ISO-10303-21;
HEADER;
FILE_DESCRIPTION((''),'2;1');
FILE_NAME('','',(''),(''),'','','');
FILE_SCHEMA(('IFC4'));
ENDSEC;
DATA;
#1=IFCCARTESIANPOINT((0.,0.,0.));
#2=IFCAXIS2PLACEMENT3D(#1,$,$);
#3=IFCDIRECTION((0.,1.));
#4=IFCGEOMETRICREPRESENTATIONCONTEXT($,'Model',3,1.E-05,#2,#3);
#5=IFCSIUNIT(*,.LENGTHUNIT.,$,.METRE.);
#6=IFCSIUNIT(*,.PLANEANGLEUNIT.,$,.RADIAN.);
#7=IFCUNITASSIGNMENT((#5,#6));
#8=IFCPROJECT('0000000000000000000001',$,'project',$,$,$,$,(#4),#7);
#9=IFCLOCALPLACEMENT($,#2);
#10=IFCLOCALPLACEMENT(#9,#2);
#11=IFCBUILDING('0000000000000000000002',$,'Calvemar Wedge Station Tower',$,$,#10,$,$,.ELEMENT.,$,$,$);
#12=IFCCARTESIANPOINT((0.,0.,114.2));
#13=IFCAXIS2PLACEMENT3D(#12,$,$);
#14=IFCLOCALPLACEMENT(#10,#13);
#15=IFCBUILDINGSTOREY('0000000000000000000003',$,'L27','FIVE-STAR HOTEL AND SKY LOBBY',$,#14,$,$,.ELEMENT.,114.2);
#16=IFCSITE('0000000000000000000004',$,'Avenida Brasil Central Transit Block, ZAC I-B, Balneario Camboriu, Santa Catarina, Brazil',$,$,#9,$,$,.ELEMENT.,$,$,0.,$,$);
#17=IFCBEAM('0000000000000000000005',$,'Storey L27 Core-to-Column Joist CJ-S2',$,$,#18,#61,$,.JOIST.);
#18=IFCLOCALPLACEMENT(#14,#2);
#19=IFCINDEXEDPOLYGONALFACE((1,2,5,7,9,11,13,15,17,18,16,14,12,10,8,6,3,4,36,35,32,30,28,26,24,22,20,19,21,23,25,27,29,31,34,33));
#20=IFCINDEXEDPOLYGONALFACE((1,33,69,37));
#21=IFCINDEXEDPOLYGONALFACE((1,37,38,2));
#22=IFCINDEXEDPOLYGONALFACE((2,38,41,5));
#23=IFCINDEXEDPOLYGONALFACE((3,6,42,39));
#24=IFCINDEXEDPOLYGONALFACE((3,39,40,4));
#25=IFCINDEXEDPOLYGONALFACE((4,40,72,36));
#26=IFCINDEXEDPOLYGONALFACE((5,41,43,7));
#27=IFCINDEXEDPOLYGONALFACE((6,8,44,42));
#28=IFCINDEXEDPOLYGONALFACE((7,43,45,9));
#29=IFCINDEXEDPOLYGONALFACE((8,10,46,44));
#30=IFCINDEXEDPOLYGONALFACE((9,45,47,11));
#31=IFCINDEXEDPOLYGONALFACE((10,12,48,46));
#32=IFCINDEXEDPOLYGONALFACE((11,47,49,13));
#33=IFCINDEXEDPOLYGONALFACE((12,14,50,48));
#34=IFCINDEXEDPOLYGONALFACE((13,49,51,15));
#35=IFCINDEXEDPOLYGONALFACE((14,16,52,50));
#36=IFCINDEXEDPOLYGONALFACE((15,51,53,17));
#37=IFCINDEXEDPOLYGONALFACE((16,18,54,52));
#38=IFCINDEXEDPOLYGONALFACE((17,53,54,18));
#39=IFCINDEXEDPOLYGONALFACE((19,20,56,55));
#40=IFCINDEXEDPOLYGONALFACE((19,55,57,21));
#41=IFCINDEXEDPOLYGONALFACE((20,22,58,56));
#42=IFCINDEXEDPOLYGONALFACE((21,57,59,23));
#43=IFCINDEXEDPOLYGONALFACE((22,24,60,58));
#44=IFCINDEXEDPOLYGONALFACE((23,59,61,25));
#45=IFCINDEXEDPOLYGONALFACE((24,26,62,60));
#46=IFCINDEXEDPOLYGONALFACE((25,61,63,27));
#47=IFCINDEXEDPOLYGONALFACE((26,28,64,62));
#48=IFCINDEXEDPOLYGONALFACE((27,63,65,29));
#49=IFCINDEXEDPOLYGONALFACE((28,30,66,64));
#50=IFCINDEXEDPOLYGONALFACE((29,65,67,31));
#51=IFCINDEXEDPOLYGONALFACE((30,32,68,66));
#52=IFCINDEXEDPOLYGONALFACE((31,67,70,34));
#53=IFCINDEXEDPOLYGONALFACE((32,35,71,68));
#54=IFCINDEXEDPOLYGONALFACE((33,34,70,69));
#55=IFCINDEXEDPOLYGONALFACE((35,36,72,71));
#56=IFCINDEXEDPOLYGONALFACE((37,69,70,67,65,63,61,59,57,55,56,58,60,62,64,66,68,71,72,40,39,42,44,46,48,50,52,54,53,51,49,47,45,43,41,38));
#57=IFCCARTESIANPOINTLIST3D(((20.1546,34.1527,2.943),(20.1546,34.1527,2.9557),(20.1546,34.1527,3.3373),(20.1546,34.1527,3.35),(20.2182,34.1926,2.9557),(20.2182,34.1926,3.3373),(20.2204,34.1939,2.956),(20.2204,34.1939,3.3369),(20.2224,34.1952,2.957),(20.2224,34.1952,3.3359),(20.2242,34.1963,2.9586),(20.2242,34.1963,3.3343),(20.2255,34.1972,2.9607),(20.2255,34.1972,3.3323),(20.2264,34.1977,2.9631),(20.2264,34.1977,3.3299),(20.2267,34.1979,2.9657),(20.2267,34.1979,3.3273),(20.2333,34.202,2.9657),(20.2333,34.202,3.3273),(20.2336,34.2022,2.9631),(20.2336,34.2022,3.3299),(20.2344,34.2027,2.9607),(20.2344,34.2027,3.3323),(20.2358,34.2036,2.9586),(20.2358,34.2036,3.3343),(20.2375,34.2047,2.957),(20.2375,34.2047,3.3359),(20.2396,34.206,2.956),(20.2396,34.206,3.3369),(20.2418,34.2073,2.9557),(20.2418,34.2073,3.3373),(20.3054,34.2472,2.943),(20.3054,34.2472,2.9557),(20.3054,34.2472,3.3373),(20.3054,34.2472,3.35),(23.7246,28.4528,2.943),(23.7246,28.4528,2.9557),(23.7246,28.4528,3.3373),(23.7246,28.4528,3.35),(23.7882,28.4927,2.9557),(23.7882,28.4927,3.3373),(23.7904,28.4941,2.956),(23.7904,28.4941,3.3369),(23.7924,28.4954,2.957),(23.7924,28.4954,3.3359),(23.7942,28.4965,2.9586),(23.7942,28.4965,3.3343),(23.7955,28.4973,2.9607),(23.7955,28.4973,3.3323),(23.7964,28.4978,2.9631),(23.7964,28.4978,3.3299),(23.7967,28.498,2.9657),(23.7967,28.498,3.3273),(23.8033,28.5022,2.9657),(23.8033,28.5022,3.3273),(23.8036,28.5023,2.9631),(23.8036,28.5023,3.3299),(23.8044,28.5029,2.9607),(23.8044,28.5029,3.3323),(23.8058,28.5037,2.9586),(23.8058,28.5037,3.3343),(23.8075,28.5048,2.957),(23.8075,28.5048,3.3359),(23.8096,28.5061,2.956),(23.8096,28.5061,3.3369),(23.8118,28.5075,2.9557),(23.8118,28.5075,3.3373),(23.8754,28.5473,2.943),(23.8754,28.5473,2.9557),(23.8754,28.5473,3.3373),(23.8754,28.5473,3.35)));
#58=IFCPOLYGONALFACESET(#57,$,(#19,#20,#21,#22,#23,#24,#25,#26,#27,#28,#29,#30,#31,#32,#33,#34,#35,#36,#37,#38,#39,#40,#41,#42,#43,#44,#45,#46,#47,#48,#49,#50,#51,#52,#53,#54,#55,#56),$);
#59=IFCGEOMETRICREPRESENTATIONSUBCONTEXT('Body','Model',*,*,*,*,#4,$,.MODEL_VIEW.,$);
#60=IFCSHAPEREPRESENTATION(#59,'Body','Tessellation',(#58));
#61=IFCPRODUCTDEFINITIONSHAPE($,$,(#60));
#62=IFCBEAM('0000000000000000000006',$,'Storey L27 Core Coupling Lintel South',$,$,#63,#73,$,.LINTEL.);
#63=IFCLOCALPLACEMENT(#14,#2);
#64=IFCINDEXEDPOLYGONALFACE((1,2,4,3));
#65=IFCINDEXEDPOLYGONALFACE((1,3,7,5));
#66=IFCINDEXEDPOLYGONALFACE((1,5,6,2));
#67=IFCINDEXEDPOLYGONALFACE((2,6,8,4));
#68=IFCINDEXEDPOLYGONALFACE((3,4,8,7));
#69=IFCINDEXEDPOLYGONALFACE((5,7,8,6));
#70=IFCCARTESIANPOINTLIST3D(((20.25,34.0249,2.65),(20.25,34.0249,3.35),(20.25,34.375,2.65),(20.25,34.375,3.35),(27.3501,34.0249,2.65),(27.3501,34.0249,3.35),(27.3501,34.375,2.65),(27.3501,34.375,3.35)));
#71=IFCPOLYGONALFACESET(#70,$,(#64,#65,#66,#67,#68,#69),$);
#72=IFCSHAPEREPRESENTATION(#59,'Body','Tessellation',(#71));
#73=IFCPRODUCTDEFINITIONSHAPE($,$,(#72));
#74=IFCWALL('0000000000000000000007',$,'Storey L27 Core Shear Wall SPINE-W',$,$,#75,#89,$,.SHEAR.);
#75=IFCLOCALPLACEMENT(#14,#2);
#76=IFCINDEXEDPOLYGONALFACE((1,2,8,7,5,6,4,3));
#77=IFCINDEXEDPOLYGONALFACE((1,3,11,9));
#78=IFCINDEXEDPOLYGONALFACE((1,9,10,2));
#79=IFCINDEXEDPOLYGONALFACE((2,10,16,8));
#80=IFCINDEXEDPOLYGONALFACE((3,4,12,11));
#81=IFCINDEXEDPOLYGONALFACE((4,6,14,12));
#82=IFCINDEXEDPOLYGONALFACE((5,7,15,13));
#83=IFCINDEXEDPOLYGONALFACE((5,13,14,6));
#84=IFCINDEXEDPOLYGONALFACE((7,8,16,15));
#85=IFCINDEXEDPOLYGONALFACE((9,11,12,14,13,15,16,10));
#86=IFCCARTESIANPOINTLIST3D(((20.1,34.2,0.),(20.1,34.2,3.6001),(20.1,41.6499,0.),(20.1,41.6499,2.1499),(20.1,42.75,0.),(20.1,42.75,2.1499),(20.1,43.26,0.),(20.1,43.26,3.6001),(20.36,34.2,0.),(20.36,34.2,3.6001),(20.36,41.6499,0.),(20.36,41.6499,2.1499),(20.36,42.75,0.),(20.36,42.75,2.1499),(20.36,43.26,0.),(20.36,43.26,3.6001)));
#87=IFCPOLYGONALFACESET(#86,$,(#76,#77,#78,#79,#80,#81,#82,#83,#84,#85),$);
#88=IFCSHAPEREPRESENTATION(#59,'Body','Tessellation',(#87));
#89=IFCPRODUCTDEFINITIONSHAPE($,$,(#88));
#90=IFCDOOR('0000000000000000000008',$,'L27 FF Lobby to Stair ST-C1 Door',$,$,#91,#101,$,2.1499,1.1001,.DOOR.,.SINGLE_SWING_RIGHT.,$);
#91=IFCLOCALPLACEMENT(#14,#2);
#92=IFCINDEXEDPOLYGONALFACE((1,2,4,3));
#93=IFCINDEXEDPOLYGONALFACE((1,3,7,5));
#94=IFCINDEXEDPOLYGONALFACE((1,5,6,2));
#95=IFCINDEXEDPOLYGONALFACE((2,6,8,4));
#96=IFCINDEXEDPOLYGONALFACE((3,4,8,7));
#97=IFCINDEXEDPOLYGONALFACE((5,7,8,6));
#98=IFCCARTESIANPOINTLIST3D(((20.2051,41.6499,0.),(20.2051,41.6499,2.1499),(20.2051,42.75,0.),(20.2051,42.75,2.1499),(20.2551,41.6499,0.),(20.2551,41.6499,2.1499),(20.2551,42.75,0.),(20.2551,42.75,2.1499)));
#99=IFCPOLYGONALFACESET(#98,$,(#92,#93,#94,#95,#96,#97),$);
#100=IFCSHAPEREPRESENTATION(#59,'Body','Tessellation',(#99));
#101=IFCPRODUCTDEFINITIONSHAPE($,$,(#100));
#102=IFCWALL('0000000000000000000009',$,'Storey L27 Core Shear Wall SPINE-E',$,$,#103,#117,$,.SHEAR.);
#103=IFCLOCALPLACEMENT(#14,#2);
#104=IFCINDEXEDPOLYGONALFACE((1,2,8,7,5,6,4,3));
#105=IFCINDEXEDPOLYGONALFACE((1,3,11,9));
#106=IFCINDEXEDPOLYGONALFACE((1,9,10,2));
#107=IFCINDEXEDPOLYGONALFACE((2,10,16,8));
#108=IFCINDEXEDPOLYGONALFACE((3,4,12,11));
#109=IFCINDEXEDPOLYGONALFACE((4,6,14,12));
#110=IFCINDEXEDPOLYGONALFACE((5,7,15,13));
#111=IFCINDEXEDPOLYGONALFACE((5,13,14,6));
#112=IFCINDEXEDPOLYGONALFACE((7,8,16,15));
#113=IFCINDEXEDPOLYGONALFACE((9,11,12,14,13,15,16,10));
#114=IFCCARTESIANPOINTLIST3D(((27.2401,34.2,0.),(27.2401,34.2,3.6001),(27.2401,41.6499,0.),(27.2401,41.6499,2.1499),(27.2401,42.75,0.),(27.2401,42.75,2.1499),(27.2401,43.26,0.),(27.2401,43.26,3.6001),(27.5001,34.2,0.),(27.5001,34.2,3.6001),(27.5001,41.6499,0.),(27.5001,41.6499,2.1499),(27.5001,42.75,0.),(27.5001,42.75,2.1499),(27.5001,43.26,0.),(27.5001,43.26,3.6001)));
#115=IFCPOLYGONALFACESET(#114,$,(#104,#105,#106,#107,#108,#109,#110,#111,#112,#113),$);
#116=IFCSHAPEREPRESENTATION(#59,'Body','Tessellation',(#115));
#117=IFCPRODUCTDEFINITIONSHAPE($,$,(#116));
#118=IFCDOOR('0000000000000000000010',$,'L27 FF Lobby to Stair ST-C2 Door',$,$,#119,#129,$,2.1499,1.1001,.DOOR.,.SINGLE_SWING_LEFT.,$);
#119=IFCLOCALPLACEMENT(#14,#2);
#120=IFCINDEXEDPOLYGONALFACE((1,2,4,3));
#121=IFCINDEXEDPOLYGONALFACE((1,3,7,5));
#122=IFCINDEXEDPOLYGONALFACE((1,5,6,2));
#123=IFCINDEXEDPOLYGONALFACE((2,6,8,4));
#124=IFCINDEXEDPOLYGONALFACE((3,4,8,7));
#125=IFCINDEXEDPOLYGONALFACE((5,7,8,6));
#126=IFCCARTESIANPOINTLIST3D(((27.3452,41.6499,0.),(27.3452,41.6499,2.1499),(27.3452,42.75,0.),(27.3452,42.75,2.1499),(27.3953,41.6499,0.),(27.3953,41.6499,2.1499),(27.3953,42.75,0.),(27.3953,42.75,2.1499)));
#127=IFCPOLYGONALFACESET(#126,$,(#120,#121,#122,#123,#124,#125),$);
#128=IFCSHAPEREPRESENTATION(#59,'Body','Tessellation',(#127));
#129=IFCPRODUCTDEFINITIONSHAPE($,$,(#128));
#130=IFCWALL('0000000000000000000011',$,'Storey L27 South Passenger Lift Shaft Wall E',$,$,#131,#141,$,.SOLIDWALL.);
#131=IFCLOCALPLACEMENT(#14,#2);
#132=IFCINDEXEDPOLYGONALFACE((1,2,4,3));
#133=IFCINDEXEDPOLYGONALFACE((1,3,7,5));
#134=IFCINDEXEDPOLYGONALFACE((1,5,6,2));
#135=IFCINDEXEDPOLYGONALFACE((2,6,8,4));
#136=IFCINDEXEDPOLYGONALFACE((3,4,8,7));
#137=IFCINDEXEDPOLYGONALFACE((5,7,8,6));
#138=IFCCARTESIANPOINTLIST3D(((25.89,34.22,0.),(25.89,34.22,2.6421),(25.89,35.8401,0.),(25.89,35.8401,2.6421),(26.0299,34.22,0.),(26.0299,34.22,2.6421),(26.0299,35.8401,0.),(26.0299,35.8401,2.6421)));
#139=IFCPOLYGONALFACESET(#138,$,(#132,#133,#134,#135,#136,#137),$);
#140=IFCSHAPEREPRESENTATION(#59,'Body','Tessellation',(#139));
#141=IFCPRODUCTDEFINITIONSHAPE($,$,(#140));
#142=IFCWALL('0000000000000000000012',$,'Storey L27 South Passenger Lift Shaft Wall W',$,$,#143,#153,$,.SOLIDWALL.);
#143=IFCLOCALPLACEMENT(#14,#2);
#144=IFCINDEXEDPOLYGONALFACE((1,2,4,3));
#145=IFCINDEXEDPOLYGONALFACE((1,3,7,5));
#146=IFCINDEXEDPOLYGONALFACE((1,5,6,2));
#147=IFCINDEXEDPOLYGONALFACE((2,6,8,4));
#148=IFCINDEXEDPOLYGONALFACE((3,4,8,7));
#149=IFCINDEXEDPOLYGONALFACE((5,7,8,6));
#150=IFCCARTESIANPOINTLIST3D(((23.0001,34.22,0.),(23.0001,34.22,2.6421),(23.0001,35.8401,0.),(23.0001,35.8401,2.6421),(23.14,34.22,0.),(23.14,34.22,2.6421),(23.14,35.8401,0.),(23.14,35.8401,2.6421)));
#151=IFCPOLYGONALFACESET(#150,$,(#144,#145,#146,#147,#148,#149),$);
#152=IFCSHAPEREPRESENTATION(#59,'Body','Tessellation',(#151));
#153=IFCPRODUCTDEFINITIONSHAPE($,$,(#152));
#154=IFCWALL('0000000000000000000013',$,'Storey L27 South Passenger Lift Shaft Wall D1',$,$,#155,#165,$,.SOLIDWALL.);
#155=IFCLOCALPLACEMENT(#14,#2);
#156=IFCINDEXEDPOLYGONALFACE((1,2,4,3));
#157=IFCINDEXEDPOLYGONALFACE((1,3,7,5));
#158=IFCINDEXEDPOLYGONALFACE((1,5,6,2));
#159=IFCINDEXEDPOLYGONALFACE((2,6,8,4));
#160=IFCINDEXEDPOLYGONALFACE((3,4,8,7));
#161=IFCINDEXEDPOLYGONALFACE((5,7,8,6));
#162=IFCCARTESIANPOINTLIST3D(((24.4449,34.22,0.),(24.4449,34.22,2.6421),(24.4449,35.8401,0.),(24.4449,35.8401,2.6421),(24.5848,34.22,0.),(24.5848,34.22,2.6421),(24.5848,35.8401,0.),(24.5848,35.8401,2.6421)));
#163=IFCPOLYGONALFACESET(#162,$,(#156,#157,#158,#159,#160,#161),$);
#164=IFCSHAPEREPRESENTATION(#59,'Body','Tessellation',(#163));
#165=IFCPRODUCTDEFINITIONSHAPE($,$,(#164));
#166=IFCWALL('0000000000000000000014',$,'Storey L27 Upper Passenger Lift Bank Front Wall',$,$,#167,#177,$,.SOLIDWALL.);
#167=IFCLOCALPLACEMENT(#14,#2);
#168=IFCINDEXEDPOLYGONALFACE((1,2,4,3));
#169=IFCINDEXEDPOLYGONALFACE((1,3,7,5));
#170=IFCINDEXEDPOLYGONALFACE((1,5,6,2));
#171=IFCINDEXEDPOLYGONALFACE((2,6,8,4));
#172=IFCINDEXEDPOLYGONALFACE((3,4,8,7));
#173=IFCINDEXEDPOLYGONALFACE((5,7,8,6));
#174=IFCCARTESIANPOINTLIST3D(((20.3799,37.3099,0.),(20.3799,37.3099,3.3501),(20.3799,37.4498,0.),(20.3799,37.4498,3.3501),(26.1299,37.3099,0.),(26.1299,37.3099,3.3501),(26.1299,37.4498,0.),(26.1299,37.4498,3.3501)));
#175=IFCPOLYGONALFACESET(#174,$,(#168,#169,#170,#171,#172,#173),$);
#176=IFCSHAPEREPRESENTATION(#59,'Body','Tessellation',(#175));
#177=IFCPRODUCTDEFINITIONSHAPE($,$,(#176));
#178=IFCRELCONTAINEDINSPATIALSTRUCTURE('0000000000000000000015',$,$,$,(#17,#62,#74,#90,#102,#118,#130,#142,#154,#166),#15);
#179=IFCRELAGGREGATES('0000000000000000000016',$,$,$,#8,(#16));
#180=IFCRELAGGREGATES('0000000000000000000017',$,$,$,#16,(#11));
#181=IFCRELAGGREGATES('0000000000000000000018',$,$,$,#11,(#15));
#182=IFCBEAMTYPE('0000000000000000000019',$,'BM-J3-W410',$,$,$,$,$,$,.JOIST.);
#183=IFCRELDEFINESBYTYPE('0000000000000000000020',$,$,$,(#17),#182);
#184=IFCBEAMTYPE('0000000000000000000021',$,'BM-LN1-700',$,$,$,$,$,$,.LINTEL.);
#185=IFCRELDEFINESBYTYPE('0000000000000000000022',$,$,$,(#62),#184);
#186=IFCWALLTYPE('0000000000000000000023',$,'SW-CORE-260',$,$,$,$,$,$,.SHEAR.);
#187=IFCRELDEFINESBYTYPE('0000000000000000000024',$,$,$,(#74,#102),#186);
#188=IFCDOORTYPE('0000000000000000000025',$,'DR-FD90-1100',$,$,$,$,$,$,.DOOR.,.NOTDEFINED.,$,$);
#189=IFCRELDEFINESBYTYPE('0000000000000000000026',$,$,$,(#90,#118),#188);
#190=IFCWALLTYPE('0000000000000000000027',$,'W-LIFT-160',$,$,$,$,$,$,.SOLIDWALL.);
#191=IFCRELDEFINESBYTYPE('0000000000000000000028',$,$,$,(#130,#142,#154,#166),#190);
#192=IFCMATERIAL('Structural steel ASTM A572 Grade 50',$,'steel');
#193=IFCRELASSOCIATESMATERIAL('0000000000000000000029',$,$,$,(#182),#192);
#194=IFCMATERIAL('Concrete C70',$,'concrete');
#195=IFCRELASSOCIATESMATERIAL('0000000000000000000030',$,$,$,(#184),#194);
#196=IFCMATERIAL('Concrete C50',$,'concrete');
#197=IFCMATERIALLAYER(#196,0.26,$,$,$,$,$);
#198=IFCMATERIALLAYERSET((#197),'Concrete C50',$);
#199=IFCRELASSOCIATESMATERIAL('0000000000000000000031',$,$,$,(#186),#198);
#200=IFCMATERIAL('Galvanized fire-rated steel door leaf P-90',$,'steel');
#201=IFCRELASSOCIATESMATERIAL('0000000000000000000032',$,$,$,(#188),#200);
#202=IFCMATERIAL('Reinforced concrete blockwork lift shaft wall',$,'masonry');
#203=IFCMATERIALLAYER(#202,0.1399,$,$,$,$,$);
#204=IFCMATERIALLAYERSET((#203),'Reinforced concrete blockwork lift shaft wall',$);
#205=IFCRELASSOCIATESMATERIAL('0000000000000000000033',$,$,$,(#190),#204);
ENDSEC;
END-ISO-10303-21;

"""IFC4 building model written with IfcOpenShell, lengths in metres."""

from ifc_helpers import new_model, si_unit, direction, frame, frame_2d, origin, origin_2d, place, context, subcontext, project, spatial, rectangle, i_section, extrude, source, transform, mapped, material, layer, layer_set, material_profile, profile_set, type_object, element, fill, save


model = new_model("IFC4")

# Units and contexts
model_context = context("Model", 3, precision=1e-05, world=origin(), true_north=direction((0.0, 1.0)))
body_context = subcontext(model_context, "Body", "Model", "MODEL_VIEW")
ifc_project = project(units=[si_unit("LENGTHUNIT", "METRE"), si_unit("PLANEANGLEUNIT", "RADIAN")], contexts=[model_context])

# Site, building, storey
site_placement = place(None, origin())
site = spatial("IfcSite", under=ifc_project, at=site_placement, Name="Avenida Brasil Central Transit Block, ZAC I-B, Balneario Camboriu, Santa Catarina, Brazil", CompositionType="ELEMENT", RefElevation=0.0)
building_placement = place(site_placement, origin())
building = spatial("IfcBuilding", under=site, at=building_placement, Name="Calvemar Wedge Station Tower", CompositionType="ELEMENT")
storey_placement = place(building_placement, frame((0.0, 0.0, 114.2)))
storey = spatial("IfcBuildingStorey", under=building, at=storey_placement, Name="L27", Description="FIVE-STAR HOTEL AND SKY LOBBY", CompositionType="ELEMENT", Elevation=114.2)

# Beams
ifc_material_1 = material(Name="Structural steel ASTM A572 Grade 50", Category="steel")
ifc_material_profile_1 = material_profile(ifc_material_1, i_section(OverallWidth=0.178, OverallDepth=0.407, WebThickness=0.0078, FlangeThickness=0.0127, FilletRadius=0.01, at=origin_2d()), Name="W410x60")
ifc_profile_set_1 = profile_set([ifc_material_profile_1], Name="Structural steel ASTM A572 Grade 50")
beam_type_1 = type_object("IfcBeamType", Name="BM-J3-W410", PredefinedType="JOIST", material=ifc_profile_set_1)
shared_shape_1 = source(origin(), body_context, "Body", "SweptSolid", [
    extrude(i_section(OverallWidth=0.178, OverallDepth=0.407, WebThickness=0.0078, FlangeThickness=0.0127, FilletRadius=0.01, at=origin_2d()), origin(), (0.0, 0.0, 1.0), 6.7256),
])
beam_1_placement = place(storey_placement, frame((20.23, 34.2, 3.1465), z_axis=(0.530811, -0.84749, 0.0), x_axis=(0.84749, 0.530811, 0.0)))
element("IfcBeam", 1, at=beam_1_placement, inside=storey, type_object=beam_type_1, Name="Storey L27 Core-to-Column Joist CJ-S2", PredefinedType="JOIST", context=body_context, shape_type="MappedRepresentation", body=[
    mapped(shared_shape_1, transform((0.0, 0.0, 0.0), scale=1.0)),
])
ifc_material_2 = material(Name="Concrete C70", Category="concrete")
ifc_material_profile_2 = material_profile(ifc_material_2, rectangle(XDim=0.3501, YDim=0.7, at=origin_2d()), Name="RC350x700")
ifc_profile_set_2 = profile_set([ifc_material_profile_2], Name="Concrete C70")
beam_type_2 = type_object("IfcBeamType", Name="BM-LN1-700", PredefinedType="LINTEL", material=ifc_profile_set_2)
shared_shape_2 = source(origin(), body_context, "Body", "SweptSolid", [
    extrude(rectangle(XDim=0.3501, YDim=0.7, at=origin_2d()), origin(), (0.0, 0.0, 1.0), 7.1001),
])
beam_2_placement = place(storey_placement, frame((20.25, 34.2, 3.0), z_axis=(1.0, 0.0, 0.0), x_axis=(0.0, 1.0, 0.0)))
element("IfcBeam", 2, at=beam_2_placement, inside=storey, type_object=beam_type_2, Name="Storey L27 Core Coupling Lintel South", PredefinedType="LINTEL", context=body_context, shape_type="MappedRepresentation", body=[
    mapped(shared_shape_2, transform((0.0, 0.0, 0.0), scale=1.0)),
])

# Walls, openings, doors
ifc_material_3 = material(Name="Concrete C50", Category="concrete")
ifc_layer_1 = layer(ifc_material_3, 0.26)
ifc_layer_set_1 = layer_set([ifc_layer_1], Name="Concrete C50")
wall_type_1 = type_object("IfcWallType", Name="SW-CORE-260", PredefinedType="SHEAR", material=ifc_layer_set_1)
wall_1_placement = place(storey_placement, frame((20.23, 34.2, 0.0), z_axis=(0.0, 0.0, 1.0), x_axis=(0.0, 1.0, 0.0)))
wall_1 = element("IfcWall", 3, at=wall_1_placement, inside=storey, type_object=wall_type_1, Name="Storey L27 Core Shear Wall SPINE-W", PredefinedType="SHEAR", context=body_context, shape_type="SweptSolid", body=[
    extrude(rectangle(XDim=9.0601, YDim=0.26, at=frame_2d((4.53, 0.0))), origin(), (0.0, 0.0, 1.0), 3.6001),
])
shared_shape_3 = source(origin(), body_context, "Body", "SweptSolid", [
    extrude(rectangle(XDim=1.1001, YDim=2.1499, at=frame_2d((0.55, 1.075))), frame((0.0, 0.1401, 0.0), z_axis=(0.0, -1.0, 0.0), x_axis=(1.0, 0.0, 0.0)), (0.0, 0.0, 1.0), 0.28),
])
opening_1_placement = place(wall_1_placement, frame((7.45, 0.0, 0.0)))
opening_1 = element("IfcOpeningElement", 4, at=opening_1_placement, cuts=wall_1, PredefinedType="OPENING", context=body_context, shape_type="MappedRepresentation", body=[
    mapped(shared_shape_3, transform((0.0, 0.0, 0.0), scale=1.0)),
])
ifc_material_4 = material(Name="Galvanized fire-rated steel door leaf P-90", Category="steel")
door_type_1 = type_object("IfcDoorType", Name="DR-FD90-1100", OperationType="NOTDEFINED", PredefinedType="DOOR", material=ifc_material_4)
shared_shape_4 = source(origin(), body_context, "Body", "SweptSolid", [
    extrude(rectangle(XDim=1.1001, YDim=2.1499, at=frame_2d((0.55, 1.075))), frame((0.0, 0.0249, 0.0), z_axis=(0.0, -1.0, 0.0), x_axis=(1.0, 0.0, 0.0)), (0.0, 0.0, 1.0), 0.05),
])
door_1_placement = place(opening_1_placement, origin())
door_1 = element("IfcDoor", 5, at=door_1_placement, inside=storey, type_object=door_type_1, Name="L27 FF Lobby to Stair ST-C1 Door", OperationType="SINGLE_SWING_RIGHT", OverallHeight=2.1499, OverallWidth=1.1001, PredefinedType="DOOR", context=body_context, shape_type="MappedRepresentation", body=[
    mapped(shared_shape_4, transform((0.0, 0.0, 0.0), scale=1.0)),
])
fill(opening_1, door_1)
wall_2_placement = place(storey_placement, frame((27.3701, 34.2, 0.0), z_axis=(0.0, 0.0, 1.0), x_axis=(0.0, 1.0, 0.0)))
wall_2 = element("IfcWall", 6, at=wall_2_placement, inside=storey, type_object=wall_type_1, Name="Storey L27 Core Shear Wall SPINE-E", PredefinedType="SHEAR", context=body_context, shape_type="SweptSolid", body=[
    extrude(rectangle(XDim=9.0601, YDim=0.26, at=frame_2d((4.53, 0.0))), origin(), (0.0, 0.0, 1.0), 3.6001),
])
opening_2_placement = place(wall_2_placement, frame((7.45, 0.0, 0.0)))
opening_2 = element("IfcOpeningElement", 7, at=opening_2_placement, cuts=wall_2, PredefinedType="OPENING", context=body_context, shape_type="MappedRepresentation", body=[
    mapped(shared_shape_3, transform((0.0, 0.0, 0.0), scale=1.0)),
])
door_2_placement = place(opening_2_placement, origin())
door_2 = element("IfcDoor", 8, at=door_2_placement, inside=storey, type_object=door_type_1, Name="L27 FF Lobby to Stair ST-C2 Door", OperationType="SINGLE_SWING_LEFT", OverallHeight=2.1499, OverallWidth=1.1001, PredefinedType="DOOR", context=body_context, shape_type="MappedRepresentation", body=[
    mapped(shared_shape_4, transform((0.0, 0.0, 0.0), scale=1.0)),
])
fill(opening_2, door_2)

# Shared definitions
ifc_material_5 = material(Name="Reinforced concrete blockwork lift shaft wall", Category="masonry")
ifc_layer_2 = layer(ifc_material_5, 0.1399)
ifc_layer_set_2 = layer_set([ifc_layer_2], Name="Reinforced concrete blockwork lift shaft wall")
wall_type_2 = type_object("IfcWallType", Name="W-LIFT-160", PredefinedType="SOLIDWALL", material=ifc_layer_set_2)

# Walls
for number, where, z_axis, x_axis, name in (
    (9, (25.96, 34.22, 0.0), (0.0, 0.0, 1.0), (0.0, 1.0, 0.0), "Storey L27 South Passenger Lift Shaft Wall E"),
    (10, (23.0701, 34.22, 0.0), (0.0, 0.0, 1.0), (0.0, 1.0, 0.0), "Storey L27 South Passenger Lift Shaft Wall W"),
    (11, (24.5149, 34.22, 0.0), (0.0, 0.0, 1.0), (0.0, 1.0, 0.0), "Storey L27 South Passenger Lift Shaft Wall D1"),
):
    element("IfcWall", number, at=place(storey_placement, frame(where, z_axis=z_axis, x_axis=x_axis)), inside=storey, type_object=wall_type_2, Name=name, PredefinedType="SOLIDWALL", context=body_context, shape_type="SweptSolid", body=[
        extrude(rectangle(XDim=1.6201, YDim=0.1399, at=frame_2d((0.8101, 0.0))), origin(), (0.0, 0.0, 1.0), 2.6421),
    ])
wall_3_placement = place(storey_placement, frame((20.3799, 37.3799, 0.0), z_axis=(0.0, 0.0, 1.0), x_axis=(1.0, 0.0, 0.0)))
element("IfcWall", 12, at=wall_3_placement, inside=storey, type_object=wall_type_2, Name="Storey L27 Upper Passenger Lift Bank Front Wall", PredefinedType="SOLIDWALL", context=body_context, shape_type="SweptSolid", body=[
    extrude(rectangle(XDim=5.75, YDim=0.1399, at=frame_2d((2.875, 0.0))), origin(), (0.0, 0.0, 1.0), 3.3501),
])

save(model, "model.ifc")
